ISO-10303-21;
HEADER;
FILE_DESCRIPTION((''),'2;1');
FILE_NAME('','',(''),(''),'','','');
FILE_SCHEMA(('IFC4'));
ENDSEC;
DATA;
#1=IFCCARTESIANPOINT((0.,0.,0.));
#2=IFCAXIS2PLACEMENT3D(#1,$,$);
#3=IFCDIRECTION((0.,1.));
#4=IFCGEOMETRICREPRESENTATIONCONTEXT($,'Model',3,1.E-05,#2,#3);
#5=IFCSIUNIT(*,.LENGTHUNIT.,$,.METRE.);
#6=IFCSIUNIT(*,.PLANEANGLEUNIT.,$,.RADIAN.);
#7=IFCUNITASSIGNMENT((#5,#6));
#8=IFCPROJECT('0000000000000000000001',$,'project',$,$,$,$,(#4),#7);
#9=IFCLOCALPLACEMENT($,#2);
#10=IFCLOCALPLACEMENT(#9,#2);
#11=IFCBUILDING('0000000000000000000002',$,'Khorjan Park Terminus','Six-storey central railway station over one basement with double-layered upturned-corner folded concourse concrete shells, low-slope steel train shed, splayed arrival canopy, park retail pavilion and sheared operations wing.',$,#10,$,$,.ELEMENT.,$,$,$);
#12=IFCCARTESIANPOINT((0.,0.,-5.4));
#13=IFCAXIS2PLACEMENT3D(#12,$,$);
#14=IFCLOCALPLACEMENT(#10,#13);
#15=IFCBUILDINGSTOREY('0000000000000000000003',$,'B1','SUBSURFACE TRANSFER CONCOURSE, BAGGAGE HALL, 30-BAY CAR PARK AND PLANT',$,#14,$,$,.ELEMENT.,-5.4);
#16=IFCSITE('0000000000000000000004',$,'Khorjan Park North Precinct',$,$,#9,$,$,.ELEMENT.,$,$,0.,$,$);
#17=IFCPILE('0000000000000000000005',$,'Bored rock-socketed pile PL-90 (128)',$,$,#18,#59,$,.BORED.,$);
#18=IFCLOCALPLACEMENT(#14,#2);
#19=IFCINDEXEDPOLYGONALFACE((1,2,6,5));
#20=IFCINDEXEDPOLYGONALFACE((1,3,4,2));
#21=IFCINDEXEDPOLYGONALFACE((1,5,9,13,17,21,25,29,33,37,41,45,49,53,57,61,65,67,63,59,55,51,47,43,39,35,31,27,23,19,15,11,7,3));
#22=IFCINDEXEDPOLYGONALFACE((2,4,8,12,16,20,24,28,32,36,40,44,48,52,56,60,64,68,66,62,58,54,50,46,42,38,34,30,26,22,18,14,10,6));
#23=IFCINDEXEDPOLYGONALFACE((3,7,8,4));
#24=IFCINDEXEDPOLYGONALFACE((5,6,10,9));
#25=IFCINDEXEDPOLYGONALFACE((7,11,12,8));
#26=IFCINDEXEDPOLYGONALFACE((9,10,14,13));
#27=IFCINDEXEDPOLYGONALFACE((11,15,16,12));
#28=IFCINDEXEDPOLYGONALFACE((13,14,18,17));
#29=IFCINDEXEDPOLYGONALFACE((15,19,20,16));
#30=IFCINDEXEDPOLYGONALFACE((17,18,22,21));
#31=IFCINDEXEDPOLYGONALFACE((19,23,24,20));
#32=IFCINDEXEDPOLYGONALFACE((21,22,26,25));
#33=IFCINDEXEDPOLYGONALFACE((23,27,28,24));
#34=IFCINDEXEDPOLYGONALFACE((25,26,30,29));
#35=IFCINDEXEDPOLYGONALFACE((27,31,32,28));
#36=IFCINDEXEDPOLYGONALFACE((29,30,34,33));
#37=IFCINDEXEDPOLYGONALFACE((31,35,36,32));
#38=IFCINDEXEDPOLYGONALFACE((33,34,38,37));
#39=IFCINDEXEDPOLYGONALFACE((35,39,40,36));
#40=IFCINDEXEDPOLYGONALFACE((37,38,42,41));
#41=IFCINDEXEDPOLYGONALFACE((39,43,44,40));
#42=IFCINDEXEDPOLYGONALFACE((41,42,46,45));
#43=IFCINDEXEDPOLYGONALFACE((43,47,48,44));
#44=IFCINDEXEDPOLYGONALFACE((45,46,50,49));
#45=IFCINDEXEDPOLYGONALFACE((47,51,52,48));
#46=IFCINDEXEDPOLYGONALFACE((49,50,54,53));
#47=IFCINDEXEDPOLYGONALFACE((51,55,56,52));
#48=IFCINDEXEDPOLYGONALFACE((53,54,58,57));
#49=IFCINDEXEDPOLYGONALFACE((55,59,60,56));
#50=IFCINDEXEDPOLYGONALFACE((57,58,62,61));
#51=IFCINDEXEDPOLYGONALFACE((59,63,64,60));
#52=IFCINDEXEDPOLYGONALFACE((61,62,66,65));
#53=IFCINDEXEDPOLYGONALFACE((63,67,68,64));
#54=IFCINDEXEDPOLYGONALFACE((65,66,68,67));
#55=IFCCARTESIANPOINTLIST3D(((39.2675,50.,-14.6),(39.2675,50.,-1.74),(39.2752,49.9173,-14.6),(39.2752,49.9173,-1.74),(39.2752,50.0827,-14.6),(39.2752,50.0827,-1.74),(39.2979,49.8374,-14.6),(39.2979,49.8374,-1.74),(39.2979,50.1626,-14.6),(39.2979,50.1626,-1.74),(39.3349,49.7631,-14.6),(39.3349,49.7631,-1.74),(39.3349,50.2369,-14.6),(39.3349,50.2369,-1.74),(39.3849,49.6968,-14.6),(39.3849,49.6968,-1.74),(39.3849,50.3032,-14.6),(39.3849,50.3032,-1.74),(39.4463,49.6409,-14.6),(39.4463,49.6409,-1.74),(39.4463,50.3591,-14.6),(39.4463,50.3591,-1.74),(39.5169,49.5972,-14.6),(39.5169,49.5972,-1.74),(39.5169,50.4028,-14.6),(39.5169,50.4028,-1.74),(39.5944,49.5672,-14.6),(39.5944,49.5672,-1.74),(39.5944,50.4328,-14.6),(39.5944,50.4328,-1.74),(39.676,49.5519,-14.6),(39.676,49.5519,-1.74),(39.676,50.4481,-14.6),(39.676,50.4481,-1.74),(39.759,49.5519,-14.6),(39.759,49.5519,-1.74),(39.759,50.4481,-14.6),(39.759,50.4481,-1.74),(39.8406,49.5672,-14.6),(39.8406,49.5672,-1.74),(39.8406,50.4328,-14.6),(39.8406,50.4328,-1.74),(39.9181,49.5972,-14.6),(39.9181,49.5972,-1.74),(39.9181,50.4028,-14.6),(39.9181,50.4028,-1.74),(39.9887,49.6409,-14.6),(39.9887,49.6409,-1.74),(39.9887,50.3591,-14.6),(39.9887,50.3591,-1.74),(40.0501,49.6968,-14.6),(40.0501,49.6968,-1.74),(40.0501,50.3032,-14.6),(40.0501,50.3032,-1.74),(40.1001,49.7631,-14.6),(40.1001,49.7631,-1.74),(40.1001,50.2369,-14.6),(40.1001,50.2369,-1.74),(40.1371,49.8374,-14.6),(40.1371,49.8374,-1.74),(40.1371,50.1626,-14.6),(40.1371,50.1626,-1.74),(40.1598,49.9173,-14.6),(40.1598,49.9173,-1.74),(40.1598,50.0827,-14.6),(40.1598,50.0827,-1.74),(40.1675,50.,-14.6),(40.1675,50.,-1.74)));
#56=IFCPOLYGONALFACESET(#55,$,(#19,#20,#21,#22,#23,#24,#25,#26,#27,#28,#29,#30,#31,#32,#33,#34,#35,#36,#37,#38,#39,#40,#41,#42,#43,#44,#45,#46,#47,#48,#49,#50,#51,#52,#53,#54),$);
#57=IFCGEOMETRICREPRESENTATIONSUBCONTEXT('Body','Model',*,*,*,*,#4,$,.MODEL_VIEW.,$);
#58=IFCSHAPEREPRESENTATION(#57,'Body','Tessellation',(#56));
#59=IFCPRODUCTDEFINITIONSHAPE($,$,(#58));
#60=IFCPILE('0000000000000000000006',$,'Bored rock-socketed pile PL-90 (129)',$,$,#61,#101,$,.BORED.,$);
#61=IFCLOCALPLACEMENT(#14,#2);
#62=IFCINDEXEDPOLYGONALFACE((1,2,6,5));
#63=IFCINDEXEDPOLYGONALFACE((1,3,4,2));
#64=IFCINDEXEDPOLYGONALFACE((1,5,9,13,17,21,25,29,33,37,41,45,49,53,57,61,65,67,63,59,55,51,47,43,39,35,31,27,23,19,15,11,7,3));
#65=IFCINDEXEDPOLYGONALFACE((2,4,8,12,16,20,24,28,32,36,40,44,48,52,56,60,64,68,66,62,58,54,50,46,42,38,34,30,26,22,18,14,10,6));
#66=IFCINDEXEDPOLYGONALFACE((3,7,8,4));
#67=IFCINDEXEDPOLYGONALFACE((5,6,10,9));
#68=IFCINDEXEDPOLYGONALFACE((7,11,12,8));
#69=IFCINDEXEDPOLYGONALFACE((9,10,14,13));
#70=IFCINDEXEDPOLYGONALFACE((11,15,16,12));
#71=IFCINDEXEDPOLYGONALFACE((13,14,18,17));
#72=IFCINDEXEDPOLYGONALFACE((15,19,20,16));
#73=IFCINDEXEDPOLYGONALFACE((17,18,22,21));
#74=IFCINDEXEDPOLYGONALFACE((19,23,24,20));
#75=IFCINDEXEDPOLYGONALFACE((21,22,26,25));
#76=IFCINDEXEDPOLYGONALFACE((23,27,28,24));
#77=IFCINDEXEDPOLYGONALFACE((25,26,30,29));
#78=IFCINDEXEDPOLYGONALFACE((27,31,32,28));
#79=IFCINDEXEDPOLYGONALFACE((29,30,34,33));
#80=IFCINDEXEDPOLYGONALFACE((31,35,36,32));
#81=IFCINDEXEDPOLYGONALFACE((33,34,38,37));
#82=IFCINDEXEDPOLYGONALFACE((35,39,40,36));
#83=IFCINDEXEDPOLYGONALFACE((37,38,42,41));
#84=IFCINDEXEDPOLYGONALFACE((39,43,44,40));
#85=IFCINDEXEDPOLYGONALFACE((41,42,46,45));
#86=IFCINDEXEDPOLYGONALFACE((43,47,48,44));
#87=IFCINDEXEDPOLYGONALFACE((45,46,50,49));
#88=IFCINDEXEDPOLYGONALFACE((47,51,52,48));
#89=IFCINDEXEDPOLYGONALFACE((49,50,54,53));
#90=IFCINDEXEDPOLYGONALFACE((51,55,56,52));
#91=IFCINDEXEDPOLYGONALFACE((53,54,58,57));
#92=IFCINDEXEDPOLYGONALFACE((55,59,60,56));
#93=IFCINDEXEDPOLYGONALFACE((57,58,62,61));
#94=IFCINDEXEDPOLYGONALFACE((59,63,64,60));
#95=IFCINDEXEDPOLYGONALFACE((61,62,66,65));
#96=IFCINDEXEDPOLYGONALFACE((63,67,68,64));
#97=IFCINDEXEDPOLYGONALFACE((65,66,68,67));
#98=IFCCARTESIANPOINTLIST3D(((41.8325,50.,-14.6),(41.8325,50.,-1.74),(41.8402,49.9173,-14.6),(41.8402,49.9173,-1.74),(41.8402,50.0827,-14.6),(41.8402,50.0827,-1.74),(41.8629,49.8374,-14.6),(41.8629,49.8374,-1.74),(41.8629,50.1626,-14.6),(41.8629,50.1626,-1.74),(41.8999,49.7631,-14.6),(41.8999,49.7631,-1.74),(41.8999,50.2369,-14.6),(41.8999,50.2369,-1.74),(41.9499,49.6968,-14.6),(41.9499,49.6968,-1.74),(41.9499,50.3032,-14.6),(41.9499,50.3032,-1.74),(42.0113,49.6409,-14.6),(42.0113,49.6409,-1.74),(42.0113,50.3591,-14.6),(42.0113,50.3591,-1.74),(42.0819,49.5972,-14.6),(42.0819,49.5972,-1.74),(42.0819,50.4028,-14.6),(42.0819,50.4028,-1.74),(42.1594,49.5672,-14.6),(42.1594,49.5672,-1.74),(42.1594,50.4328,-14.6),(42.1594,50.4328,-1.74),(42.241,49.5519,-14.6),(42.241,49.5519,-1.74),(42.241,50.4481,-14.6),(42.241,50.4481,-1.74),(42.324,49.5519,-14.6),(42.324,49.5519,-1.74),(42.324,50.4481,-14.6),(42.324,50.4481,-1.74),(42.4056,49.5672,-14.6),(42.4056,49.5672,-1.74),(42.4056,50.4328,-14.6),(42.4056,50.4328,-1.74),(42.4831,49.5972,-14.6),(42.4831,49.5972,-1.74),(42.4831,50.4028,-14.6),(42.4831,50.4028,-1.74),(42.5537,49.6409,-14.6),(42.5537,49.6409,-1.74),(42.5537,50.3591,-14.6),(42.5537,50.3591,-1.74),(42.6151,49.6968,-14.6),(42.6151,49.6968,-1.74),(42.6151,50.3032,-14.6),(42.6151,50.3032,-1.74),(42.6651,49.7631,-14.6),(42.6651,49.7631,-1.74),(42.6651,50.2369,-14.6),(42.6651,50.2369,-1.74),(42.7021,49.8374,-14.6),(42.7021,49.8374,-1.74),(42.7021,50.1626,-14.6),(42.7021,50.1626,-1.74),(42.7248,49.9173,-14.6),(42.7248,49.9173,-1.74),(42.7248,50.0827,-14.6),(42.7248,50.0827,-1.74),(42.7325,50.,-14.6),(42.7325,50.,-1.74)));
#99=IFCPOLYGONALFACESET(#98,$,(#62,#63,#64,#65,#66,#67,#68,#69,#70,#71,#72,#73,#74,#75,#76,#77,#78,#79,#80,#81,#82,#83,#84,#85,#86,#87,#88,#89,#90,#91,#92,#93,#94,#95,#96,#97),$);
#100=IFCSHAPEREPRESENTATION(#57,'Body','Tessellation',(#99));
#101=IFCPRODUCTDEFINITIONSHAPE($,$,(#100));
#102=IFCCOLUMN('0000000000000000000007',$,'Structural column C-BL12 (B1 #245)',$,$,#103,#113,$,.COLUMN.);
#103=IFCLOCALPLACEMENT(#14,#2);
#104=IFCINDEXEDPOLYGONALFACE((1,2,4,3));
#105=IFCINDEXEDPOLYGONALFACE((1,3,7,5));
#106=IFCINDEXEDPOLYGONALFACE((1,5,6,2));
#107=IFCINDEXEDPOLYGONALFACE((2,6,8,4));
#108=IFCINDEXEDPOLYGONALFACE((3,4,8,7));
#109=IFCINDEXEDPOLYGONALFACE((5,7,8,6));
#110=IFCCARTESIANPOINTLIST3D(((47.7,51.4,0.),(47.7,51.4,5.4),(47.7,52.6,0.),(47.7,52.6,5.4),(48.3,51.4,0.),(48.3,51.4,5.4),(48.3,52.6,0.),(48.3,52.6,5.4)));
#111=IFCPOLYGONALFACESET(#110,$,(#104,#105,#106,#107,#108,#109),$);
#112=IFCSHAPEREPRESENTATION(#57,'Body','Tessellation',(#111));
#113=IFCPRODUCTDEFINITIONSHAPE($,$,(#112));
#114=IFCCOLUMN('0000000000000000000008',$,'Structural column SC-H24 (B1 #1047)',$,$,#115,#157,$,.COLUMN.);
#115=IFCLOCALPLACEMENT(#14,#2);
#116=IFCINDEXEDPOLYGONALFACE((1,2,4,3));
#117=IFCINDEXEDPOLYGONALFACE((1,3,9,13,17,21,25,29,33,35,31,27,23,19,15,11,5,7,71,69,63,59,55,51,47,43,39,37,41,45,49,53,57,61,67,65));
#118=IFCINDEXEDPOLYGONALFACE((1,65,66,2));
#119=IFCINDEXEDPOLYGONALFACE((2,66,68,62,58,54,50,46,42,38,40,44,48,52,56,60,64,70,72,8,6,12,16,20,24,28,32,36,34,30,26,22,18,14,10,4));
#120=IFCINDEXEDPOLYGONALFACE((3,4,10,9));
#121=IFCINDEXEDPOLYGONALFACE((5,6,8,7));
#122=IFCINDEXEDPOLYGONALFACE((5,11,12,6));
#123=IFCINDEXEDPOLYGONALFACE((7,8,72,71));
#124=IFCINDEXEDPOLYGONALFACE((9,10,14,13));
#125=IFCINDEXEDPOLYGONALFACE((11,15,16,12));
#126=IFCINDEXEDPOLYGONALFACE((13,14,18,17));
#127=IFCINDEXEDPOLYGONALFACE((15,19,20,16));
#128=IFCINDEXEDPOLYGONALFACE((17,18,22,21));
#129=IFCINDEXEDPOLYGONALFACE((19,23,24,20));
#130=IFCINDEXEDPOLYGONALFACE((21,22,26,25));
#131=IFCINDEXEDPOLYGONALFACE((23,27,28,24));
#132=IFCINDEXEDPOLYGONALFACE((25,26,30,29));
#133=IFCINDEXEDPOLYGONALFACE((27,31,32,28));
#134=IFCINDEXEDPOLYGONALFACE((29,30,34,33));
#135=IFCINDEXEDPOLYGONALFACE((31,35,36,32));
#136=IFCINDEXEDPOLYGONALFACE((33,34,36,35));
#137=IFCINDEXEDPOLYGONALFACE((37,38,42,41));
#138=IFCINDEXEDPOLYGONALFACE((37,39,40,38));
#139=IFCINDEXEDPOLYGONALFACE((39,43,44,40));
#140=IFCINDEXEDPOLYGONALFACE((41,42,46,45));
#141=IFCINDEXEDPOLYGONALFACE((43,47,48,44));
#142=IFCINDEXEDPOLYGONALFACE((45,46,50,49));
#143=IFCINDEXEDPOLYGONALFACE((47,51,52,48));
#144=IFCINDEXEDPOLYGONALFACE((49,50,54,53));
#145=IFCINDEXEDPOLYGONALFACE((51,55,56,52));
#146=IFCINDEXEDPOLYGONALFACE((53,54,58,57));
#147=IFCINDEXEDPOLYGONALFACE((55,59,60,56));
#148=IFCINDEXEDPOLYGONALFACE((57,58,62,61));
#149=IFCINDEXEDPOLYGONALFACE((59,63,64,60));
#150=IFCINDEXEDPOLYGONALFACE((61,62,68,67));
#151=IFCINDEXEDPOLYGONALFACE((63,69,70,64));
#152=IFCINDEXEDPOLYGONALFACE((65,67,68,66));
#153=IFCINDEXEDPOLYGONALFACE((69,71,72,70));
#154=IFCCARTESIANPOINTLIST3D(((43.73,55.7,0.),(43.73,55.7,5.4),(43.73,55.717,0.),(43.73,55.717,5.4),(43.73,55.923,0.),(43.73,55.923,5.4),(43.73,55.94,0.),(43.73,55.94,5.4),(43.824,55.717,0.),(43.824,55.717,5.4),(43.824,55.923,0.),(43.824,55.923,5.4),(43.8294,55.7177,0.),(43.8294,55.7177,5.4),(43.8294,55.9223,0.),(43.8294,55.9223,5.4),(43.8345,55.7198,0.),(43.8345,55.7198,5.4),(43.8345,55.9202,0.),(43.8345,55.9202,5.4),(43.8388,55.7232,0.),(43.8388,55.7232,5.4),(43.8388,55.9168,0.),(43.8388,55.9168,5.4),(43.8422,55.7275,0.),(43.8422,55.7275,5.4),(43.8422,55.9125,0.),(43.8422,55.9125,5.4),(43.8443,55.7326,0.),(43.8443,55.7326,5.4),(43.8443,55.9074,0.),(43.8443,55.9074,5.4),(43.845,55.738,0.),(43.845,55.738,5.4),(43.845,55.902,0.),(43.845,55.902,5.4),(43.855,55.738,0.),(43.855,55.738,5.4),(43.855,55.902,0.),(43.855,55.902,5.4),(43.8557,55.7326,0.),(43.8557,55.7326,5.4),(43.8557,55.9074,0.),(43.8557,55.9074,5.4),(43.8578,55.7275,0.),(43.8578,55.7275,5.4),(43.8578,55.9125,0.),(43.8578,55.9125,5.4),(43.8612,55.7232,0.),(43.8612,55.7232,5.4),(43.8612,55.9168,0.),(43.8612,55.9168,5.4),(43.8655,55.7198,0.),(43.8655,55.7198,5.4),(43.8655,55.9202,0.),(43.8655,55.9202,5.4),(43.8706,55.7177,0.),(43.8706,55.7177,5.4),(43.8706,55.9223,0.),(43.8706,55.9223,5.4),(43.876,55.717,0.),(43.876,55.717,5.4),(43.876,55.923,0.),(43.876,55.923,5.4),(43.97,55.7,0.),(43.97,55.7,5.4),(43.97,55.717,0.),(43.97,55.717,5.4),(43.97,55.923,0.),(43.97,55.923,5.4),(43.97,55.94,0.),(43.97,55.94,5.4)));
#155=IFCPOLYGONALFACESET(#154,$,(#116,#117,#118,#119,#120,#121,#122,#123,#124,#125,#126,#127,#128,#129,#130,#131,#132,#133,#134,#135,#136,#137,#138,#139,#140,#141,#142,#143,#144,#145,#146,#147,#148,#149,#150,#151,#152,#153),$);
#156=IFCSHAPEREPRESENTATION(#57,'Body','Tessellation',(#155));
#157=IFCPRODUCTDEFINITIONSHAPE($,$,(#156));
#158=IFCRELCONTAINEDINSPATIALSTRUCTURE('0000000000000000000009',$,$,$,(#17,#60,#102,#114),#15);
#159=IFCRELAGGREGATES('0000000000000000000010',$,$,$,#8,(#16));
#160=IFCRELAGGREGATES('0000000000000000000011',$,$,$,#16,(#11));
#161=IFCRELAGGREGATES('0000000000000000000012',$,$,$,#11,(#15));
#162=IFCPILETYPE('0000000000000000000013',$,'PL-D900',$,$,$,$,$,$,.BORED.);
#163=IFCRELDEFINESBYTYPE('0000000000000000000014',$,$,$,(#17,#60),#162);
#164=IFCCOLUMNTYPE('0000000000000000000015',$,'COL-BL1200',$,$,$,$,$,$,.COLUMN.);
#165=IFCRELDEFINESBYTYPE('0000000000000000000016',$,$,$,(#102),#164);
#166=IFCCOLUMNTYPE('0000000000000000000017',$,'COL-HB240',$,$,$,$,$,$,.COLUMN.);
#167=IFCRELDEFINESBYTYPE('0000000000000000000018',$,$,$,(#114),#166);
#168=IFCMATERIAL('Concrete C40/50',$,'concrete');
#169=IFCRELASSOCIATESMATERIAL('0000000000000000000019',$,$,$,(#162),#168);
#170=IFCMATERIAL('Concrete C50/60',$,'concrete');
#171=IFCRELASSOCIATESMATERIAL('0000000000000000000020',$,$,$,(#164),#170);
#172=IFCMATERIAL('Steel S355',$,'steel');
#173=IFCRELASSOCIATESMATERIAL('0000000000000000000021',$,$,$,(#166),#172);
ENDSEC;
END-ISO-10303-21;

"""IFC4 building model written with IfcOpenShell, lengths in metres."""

from ifc_helpers import new_model, si_unit, direction, frame, origin, origin_2d, place, context, subcontext, project, spatial, rectangle, circle, i_section, extrude, material, material_profile, profile_set, type_object, element, save


model = new_model("IFC4")

# Units and contexts
model_context = context("Model", 3, precision=1e-05, world=origin(), true_north=direction((0.0, 1.0)))
body_context = subcontext(model_context, "Body", "Model", "MODEL_VIEW")
ifc_project = project(units=[si_unit("LENGTHUNIT", "METRE"), si_unit("PLANEANGLEUNIT", "RADIAN")], contexts=[model_context])

# Site, building, storey
site_placement = place(None, origin())
site = spatial("IfcSite", under=ifc_project, at=site_placement, Name="Khorjan Park North Precinct", CompositionType="ELEMENT", RefElevation=0.0)
building_placement = place(site_placement, origin())
building = spatial("IfcBuilding", under=site, at=building_placement, Name="Khorjan Park Terminus", Description="Six-storey central railway station over one basement with double-layered upturned-corner folded concourse concrete shells, low-slope steel train shed, splayed arrival canopy, park retail pavilion and sheared operations wing.", CompositionType="ELEMENT")
storey_placement = place(building_placement, frame((0.0, 0.0, -5.4)))
storey = spatial("IfcBuildingStorey", under=building, at=storey_placement, Name="B1", Description="SUBSURFACE TRANSFER CONCOURSE, BAGGAGE HALL, 30-BAY CAR PARK AND PLANT", CompositionType="ELEMENT", Elevation=-5.4)

# Shared definitions
ifc_material_1 = material(Name="Concrete C40/50", Category="concrete")

# Piles
ifc_material_profile_1 = material_profile(ifc_material_1, circle(Radius=0.45, at=origin_2d()), Name="BORED D900")
ifc_profile_set_1 = profile_set([ifc_material_profile_1], Name="Concrete C40/50")
pile_type_1 = type_object("IfcPileType", Name="PL-D900", PredefinedType="BORED", material=ifc_profile_set_1)
for number, where, z_axis, x_axis, name in (
    (1, (39.7175, 50.0, -1.74), (0.0, 0.0, -1.0), (1.0, 0.0, 0.0), "Bored rock-socketed pile PL-90 (128)"),
    (2, (42.2825, 50.0, -1.74), (0.0, 0.0, -1.0), (1.0, 0.0, 0.0), "Bored rock-socketed pile PL-90 (129)"),
):
    element("IfcPile", number, at=place(storey_placement, frame(where, z_axis=z_axis, x_axis=x_axis)), inside=storey, type_object=pile_type_1, Name=name, PredefinedType="BORED", context=body_context, shape_type="SweptSolid", body=[
        extrude(circle(Radius=0.45, at=origin_2d()), origin(), (0.0, 0.0, 1.0), 12.86),
    ])

# Columns
ifc_material_2 = material(Name="Concrete C50/60", Category="concrete")
ifc_material_profile_2 = material_profile(ifc_material_2, rectangle(XDim=0.6, YDim=1.2, at=origin_2d()), Name="RC 600x1200")
ifc_profile_set_2 = profile_set([ifc_material_profile_2], Name="Concrete C50/60")
column_type_1 = type_object("IfcColumnType", Name="COL-BL1200", PredefinedType="COLUMN", material=ifc_profile_set_2)
column_1_placement = place(storey_placement, frame((48.0, 52.0, 0.0), z_axis=(0.0, 0.0, 1.0), x_axis=(1.0, 0.0, 0.0)))
element("IfcColumn", 3, at=column_1_placement, inside=storey, type_object=column_type_1, Name="Structural column C-BL12 (B1 #245)", PredefinedType="COLUMN", context=body_context, shape_type="SweptSolid", body=[
    extrude(rectangle(XDim=0.6, YDim=1.2, at=origin_2d()), origin(), (0.0, 0.0, 1.0), 5.4),
])
ifc_material_3 = material(Name="Steel S355", Category="steel")
ifc_material_profile_3 = material_profile(ifc_material_3, i_section(OverallWidth=0.24, OverallDepth=0.24, WebThickness=0.01, FlangeThickness=0.017, FilletRadius=0.021, at=origin_2d()), Name="HEB 240")
ifc_profile_set_3 = profile_set([ifc_material_profile_3], Name="Steel S355")
column_type_2 = type_object("IfcColumnType", Name="COL-HB240", PredefinedType="COLUMN", material=ifc_profile_set_3)
column_2_placement = place(storey_placement, frame((43.85, 55.82, 0.0), z_axis=(0.0, 0.0, 1.0), x_axis=(1.0, 0.0, 0.0)))
element("IfcColumn", 4, at=column_2_placement, inside=storey, type_object=column_type_2, Name="Structural column SC-H24 (B1 #1047)", PredefinedType="COLUMN", context=body_context, shape_type="SweptSolid", body=[
    extrude(i_section(OverallWidth=0.24, OverallDepth=0.24, WebThickness=0.01, FlangeThickness=0.017, FilletRadius=0.021, at=origin_2d()), origin(), (0.0, 0.0, 1.0), 5.4),
])

save(model, "model.ifc")
